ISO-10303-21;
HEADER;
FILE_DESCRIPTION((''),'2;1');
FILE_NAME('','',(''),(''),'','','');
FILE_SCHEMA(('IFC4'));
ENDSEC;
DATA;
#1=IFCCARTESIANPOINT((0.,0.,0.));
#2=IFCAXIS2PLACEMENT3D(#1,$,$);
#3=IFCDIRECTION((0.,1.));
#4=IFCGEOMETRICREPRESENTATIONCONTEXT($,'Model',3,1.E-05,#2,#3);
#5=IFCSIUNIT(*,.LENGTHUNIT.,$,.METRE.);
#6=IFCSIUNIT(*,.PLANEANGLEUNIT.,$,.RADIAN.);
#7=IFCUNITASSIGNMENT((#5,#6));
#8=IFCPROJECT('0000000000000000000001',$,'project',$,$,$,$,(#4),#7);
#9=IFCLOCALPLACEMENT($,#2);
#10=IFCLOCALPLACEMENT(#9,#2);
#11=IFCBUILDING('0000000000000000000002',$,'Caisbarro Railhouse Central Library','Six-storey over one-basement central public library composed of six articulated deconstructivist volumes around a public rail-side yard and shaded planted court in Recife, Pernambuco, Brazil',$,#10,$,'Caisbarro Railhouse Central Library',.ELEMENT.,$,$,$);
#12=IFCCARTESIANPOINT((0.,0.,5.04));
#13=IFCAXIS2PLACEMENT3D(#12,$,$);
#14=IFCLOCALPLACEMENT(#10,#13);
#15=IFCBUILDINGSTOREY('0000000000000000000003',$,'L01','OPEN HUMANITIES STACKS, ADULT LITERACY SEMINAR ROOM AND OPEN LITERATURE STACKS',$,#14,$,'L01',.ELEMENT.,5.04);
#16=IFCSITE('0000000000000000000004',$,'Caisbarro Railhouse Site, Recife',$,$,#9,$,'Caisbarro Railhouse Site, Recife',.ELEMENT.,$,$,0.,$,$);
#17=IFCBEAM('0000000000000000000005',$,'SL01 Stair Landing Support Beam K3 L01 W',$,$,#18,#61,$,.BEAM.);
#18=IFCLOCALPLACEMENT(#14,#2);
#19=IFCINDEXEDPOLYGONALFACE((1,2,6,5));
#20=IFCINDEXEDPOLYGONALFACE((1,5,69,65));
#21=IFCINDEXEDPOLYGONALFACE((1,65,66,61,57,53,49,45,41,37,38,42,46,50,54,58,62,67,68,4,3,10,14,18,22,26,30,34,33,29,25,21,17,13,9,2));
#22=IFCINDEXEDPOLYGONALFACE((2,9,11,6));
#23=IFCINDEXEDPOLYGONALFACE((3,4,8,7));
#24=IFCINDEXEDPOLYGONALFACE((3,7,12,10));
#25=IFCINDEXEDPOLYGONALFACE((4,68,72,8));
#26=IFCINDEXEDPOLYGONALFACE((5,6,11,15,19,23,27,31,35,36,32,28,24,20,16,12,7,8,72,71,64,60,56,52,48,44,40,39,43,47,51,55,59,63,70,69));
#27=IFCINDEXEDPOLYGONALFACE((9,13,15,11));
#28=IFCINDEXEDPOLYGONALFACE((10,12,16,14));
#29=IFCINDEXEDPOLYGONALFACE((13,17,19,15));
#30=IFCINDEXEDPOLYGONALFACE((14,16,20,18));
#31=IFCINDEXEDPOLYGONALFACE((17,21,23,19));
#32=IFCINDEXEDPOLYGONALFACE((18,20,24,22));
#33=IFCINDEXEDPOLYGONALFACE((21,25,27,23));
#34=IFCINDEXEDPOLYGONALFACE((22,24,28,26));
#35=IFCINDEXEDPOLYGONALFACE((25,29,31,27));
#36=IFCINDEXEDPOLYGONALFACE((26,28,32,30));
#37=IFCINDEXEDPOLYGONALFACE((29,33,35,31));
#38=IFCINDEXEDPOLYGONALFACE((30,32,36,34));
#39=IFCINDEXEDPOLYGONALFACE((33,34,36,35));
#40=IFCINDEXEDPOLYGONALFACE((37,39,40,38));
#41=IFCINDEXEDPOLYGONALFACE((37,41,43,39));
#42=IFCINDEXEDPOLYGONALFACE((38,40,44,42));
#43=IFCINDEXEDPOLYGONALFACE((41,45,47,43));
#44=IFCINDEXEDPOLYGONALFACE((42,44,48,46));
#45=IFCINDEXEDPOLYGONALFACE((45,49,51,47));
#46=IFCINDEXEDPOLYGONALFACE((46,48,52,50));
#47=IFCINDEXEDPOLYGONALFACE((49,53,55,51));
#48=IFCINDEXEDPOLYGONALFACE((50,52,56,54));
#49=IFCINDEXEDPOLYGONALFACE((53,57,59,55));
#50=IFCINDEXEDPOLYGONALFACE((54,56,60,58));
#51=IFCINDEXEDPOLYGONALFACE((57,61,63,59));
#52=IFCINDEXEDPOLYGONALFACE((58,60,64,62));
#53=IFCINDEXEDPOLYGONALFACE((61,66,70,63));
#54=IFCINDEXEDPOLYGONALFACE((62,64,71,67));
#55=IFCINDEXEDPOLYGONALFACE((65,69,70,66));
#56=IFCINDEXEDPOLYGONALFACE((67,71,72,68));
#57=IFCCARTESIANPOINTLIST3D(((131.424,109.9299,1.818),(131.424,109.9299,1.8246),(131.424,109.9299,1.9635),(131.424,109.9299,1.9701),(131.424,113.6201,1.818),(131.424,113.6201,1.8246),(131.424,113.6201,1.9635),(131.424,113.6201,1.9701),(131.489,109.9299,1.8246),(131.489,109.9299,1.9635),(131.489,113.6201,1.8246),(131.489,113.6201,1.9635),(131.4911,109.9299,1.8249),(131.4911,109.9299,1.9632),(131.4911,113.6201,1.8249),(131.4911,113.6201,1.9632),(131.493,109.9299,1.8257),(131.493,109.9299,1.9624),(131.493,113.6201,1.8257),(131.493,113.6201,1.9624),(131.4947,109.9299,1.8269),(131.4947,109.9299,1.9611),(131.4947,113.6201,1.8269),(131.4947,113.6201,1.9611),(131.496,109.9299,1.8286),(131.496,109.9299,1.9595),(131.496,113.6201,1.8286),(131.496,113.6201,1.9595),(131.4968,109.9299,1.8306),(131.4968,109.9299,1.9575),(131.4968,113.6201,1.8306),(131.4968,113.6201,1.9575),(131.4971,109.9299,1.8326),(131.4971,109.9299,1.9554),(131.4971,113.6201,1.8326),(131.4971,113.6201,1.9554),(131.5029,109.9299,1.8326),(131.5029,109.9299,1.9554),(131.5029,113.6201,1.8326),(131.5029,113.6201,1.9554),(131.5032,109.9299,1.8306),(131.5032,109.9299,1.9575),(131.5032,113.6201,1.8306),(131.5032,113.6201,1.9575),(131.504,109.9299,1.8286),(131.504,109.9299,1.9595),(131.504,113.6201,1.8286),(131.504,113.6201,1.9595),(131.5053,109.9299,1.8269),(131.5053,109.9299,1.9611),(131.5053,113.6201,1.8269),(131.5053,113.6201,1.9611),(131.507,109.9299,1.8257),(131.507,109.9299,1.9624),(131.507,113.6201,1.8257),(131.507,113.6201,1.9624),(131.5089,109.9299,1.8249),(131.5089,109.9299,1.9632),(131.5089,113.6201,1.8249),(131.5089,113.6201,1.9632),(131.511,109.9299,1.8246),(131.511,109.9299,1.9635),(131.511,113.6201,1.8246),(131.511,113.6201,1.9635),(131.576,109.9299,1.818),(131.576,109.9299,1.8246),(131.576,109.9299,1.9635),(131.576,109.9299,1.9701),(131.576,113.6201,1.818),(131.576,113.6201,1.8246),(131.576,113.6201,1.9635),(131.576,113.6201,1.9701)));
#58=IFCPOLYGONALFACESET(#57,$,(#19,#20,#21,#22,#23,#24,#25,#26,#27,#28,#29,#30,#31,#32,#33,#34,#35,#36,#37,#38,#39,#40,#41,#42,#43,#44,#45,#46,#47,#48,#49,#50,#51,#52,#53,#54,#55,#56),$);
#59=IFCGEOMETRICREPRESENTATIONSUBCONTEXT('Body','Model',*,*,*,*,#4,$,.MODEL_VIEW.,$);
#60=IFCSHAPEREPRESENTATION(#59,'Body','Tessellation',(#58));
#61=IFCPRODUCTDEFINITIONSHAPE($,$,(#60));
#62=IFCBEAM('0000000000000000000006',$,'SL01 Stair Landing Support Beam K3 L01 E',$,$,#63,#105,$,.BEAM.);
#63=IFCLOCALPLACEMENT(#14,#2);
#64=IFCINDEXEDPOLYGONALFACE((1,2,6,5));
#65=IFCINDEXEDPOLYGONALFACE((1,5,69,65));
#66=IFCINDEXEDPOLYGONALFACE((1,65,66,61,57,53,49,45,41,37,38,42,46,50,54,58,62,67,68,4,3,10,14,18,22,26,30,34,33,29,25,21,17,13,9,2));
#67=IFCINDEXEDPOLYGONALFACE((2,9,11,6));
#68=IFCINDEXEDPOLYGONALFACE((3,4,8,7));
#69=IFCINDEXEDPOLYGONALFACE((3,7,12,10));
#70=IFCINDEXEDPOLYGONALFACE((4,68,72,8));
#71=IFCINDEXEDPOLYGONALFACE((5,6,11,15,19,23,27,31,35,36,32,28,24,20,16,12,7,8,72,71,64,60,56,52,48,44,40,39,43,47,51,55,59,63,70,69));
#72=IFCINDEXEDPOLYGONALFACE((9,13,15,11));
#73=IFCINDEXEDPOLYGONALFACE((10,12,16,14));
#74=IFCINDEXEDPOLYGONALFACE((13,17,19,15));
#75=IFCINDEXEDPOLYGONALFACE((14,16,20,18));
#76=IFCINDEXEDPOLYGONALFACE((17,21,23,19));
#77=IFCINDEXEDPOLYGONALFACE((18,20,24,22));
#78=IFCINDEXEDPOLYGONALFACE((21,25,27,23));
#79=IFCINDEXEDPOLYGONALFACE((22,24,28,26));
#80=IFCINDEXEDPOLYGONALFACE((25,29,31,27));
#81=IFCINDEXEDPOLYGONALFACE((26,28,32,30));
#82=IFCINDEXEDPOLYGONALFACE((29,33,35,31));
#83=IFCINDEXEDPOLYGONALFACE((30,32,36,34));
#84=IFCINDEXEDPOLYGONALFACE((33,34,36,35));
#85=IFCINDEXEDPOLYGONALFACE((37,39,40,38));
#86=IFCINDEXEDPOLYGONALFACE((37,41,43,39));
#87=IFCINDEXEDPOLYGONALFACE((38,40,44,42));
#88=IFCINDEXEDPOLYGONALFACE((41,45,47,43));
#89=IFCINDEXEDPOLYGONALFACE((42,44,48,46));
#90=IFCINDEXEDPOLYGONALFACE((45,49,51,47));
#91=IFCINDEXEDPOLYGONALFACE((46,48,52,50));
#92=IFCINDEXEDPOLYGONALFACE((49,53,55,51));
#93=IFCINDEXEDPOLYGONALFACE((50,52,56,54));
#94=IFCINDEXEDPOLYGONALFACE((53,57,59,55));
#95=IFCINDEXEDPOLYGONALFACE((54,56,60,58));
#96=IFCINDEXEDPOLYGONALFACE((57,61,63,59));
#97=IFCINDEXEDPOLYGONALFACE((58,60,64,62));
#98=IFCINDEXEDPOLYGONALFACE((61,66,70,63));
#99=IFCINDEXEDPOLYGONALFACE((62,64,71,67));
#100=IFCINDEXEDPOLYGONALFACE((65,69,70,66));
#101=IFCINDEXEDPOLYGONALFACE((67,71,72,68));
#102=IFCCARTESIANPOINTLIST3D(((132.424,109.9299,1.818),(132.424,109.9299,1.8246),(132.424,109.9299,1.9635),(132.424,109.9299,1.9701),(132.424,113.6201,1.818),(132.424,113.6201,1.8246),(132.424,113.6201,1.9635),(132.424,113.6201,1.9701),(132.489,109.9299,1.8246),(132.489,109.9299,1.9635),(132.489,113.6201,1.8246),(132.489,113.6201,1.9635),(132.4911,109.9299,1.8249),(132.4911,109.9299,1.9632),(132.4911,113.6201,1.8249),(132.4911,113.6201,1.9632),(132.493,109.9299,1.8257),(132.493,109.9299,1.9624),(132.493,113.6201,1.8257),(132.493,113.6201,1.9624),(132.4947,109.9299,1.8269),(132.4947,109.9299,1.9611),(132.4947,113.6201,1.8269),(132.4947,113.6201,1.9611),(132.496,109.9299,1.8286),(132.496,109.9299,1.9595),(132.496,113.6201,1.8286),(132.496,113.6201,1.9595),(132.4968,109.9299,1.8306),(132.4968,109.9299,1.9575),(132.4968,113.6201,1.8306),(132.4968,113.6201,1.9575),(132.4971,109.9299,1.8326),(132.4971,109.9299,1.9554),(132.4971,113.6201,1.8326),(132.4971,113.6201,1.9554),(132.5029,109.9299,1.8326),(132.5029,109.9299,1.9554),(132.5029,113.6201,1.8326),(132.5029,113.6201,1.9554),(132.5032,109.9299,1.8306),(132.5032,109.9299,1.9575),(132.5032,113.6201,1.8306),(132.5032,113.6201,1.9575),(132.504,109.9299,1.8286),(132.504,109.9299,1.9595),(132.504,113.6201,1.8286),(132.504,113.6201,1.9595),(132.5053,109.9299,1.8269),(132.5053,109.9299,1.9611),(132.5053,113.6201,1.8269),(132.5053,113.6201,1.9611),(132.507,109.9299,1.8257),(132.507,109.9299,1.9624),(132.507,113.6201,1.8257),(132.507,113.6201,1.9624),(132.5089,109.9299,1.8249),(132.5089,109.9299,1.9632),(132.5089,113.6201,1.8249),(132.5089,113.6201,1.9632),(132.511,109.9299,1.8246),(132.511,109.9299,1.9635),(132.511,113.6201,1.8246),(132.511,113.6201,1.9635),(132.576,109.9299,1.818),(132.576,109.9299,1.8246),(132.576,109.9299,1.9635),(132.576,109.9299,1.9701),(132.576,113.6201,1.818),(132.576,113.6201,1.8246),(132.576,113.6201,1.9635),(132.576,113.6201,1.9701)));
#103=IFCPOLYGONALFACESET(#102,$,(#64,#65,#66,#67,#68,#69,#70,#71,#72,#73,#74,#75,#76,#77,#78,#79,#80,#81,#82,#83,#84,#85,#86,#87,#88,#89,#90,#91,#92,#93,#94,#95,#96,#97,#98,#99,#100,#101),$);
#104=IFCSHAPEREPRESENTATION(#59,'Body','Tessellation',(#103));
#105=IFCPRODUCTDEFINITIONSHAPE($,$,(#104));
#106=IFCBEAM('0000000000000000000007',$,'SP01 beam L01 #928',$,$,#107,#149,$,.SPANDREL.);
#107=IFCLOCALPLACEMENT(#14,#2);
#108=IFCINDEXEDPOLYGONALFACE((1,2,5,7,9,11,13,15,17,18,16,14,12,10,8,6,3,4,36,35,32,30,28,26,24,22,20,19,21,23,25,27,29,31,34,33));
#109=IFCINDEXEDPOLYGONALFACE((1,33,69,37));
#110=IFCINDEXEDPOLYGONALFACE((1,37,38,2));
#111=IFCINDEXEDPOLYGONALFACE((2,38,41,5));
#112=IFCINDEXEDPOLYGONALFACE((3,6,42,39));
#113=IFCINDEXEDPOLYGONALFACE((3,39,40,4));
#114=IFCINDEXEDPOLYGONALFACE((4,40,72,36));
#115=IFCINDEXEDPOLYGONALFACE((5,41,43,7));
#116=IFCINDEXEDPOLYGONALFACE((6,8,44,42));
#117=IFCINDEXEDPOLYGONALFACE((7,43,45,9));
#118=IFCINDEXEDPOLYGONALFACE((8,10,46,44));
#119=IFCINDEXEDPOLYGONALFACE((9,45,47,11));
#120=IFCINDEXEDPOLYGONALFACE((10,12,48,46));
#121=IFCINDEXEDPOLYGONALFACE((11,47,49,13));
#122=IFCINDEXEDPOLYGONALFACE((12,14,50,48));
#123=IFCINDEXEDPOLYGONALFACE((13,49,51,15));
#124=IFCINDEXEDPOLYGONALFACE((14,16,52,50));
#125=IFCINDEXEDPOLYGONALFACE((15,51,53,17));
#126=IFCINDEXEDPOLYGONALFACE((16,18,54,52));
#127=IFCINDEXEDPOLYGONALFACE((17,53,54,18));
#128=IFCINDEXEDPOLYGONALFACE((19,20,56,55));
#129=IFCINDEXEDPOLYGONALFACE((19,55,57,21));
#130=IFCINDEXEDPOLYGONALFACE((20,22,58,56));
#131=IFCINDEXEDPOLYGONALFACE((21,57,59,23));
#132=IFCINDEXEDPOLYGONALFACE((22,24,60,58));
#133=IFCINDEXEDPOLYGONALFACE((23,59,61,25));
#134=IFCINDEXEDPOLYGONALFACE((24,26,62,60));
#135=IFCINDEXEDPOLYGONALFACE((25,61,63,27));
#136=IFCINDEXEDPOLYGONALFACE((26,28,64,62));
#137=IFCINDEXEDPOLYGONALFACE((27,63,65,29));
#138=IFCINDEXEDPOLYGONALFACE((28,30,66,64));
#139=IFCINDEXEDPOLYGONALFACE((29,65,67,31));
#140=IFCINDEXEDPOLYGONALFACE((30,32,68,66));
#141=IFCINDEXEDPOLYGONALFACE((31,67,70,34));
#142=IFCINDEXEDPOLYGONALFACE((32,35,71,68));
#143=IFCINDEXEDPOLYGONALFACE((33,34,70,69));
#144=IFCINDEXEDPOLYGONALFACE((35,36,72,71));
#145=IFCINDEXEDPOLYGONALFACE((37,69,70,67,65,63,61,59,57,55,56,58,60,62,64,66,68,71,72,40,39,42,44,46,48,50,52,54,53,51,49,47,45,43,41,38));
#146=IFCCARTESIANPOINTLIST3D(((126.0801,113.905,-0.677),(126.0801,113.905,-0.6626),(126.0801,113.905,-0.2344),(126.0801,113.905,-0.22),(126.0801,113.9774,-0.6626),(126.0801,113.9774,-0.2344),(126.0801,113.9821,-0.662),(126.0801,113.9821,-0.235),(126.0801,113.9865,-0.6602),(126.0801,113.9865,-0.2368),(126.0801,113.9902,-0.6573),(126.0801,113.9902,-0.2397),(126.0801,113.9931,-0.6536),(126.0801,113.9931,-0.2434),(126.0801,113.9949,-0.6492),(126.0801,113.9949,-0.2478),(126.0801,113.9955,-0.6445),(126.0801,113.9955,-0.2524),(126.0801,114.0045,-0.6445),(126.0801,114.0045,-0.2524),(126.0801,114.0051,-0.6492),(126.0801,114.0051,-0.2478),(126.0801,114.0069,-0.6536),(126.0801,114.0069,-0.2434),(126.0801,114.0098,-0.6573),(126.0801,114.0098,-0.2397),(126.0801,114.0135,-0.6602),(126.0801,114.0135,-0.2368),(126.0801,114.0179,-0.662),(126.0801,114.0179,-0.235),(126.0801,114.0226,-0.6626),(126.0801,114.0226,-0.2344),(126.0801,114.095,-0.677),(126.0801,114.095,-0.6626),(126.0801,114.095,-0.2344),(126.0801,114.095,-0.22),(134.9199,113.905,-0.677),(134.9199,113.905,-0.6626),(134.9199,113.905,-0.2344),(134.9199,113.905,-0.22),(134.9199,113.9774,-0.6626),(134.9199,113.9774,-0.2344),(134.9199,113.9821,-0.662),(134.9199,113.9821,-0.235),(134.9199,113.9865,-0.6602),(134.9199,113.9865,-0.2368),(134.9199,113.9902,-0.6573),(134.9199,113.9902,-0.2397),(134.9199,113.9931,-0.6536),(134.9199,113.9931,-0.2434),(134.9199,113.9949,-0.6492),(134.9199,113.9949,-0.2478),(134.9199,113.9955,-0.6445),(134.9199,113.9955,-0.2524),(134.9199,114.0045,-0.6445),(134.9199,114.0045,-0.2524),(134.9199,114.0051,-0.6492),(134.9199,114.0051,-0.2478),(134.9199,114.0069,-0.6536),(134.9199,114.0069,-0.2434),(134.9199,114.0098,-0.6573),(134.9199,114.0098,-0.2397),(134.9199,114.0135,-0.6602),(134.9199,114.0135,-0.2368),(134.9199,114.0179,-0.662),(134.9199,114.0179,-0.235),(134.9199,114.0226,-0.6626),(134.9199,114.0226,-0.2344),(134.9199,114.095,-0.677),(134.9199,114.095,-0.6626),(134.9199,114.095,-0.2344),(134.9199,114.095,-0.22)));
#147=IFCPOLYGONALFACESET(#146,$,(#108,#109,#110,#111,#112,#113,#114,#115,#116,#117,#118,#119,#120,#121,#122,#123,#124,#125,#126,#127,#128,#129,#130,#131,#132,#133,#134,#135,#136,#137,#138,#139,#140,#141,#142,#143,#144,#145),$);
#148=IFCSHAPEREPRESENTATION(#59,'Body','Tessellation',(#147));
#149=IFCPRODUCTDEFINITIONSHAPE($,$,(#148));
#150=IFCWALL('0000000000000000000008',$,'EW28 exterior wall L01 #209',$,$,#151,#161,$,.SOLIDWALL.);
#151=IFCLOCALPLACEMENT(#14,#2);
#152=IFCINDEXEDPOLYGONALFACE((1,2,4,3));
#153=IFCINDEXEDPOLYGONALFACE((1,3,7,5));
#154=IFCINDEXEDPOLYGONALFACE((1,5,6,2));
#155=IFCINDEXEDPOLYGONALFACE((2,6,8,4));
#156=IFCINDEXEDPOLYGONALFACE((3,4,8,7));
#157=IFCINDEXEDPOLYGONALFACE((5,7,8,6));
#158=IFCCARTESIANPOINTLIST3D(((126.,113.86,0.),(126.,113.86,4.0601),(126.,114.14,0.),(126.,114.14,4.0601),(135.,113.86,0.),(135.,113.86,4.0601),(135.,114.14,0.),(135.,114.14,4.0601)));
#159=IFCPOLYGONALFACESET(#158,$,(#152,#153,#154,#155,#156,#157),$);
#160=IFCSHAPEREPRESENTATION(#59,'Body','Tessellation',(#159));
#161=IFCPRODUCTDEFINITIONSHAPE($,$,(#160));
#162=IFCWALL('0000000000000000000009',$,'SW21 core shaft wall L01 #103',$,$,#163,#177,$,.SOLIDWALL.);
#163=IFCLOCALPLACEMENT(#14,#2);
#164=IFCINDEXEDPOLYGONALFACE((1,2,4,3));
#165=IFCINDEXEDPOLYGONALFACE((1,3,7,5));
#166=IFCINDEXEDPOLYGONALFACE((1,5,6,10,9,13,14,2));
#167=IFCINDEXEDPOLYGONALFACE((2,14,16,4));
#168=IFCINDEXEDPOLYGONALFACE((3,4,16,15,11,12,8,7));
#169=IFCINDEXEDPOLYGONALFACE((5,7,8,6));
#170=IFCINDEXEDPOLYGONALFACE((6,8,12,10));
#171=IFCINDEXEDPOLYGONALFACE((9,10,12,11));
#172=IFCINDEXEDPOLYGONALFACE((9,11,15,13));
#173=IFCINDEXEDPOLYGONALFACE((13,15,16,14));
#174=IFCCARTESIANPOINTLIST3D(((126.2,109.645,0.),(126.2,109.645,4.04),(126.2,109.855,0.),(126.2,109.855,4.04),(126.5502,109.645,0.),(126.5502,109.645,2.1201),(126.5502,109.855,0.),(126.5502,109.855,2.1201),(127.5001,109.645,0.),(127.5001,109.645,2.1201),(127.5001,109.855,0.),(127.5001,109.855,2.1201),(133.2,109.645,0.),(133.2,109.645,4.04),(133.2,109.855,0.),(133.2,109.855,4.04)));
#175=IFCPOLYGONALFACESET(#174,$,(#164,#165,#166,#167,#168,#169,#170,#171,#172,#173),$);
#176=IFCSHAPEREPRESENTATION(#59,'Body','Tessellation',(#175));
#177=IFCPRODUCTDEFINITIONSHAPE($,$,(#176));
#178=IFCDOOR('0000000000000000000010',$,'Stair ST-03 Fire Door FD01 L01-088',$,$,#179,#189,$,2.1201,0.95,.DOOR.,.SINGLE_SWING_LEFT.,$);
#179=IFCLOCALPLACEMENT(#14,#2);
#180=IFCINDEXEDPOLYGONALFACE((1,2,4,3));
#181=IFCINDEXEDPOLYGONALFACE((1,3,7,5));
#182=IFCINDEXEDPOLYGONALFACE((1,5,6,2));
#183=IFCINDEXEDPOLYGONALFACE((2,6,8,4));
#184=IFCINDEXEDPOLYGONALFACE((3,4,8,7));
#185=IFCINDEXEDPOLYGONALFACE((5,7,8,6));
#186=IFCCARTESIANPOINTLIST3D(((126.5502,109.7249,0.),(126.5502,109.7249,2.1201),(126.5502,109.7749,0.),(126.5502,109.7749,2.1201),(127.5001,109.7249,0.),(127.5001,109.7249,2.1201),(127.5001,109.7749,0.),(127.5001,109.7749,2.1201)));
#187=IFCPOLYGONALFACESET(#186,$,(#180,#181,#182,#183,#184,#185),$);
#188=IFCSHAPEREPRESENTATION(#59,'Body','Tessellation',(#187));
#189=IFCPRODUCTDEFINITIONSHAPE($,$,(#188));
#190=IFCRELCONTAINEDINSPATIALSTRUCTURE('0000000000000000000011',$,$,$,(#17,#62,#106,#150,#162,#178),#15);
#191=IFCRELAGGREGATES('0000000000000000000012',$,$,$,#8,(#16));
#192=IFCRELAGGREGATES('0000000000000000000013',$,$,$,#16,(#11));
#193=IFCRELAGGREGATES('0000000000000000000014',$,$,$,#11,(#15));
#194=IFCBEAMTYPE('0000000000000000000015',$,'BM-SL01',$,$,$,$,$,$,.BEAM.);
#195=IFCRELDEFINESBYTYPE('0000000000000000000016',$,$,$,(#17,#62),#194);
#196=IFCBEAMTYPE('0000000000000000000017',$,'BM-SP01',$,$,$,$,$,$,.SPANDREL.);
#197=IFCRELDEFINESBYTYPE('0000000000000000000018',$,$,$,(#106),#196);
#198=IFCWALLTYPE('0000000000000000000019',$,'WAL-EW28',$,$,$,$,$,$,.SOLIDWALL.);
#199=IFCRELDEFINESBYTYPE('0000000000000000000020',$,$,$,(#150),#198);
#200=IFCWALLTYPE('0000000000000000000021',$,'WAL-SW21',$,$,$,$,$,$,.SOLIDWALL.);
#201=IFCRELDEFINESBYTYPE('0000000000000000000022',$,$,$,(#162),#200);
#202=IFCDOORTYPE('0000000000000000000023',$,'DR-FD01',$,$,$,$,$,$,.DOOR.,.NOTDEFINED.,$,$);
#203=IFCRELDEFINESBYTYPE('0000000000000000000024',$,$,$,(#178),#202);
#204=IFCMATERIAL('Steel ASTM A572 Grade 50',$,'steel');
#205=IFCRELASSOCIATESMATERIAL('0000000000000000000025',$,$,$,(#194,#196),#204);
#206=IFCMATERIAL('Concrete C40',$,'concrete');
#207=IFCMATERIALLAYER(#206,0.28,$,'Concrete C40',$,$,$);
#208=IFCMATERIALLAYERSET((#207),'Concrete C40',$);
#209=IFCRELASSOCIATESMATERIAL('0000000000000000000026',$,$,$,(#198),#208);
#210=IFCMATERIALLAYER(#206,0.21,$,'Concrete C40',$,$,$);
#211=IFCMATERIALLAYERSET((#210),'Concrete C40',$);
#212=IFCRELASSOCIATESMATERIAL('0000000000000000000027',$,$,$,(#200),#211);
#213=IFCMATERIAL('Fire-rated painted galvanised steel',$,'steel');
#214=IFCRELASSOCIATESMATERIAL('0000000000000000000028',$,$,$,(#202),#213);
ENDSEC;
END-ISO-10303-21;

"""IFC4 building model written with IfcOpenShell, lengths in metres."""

from ifc_helpers import new_model, si_unit, direction, frame, frame_2d, origin, origin_2d, place, context, subcontext, project, spatial, rectangle, i_section, extrude, material, layer, layer_set, material_profile, profile_set, type_object, element, fill, save


model = new_model("IFC4")

# Units and contexts
model_context = context("Model", 3, precision=1e-05, world=origin(), true_north=direction((0.0, 1.0)))
body_context = subcontext(model_context, "Body", "Model", "MODEL_VIEW")
ifc_project = project(units=[si_unit("LENGTHUNIT", "METRE"), si_unit("PLANEANGLEUNIT", "RADIAN")], contexts=[model_context])

# Site, building, storey
site_placement = place(None, origin())
site = spatial("IfcSite", under=ifc_project, at=site_placement, Name="Caisbarro Railhouse Site, Recife", LongName="Caisbarro Railhouse Site, Recife", CompositionType="ELEMENT", RefElevation=0.0)
building_placement = place(site_placement, origin())
building = spatial("IfcBuilding", under=site, at=building_placement, Name="Caisbarro Railhouse Central Library", Description="Six-storey over one-basement central public library composed of six articulated deconstructivist volumes around a public rail-side yard and shaded planted court in Recife, Pernambuco, Brazil", LongName="Caisbarro Railhouse Central Library", CompositionType="ELEMENT")
storey_placement = place(building_placement, frame((0.0, 0.0, 5.04)))
storey = spatial("IfcBuildingStorey", under=building, at=storey_placement, Name="L01", Description="OPEN HUMANITIES STACKS, ADULT LITERACY SEMINAR ROOM AND OPEN LITERATURE STACKS", LongName="L01", CompositionType="ELEMENT", Elevation=5.04)

# Shared definitions
ifc_material_1 = material(Name="Steel ASTM A572 Grade 50", Category="steel")

# Beams
ifc_material_profile_1 = material_profile(ifc_material_1, i_section(OverallWidth=0.1521, OverallDepth=0.1521, WebThickness=0.0059, FlangeThickness=0.0066, FilletRadius=0.0081, at=origin_2d()), Name="W150X22.5")
ifc_profile_set_1 = profile_set([ifc_material_profile_1], Name="Steel ASTM A572 Grade 50")
beam_type_1 = type_object("IfcBeamType", Name="BM-SL01", PredefinedType="BEAM", material=ifc_profile_set_1)
for number, where, z_axis, x_axis, name in (
    (1, (131.5, 109.9299, 1.894), (0.0, 1.0, 0.0), (-1.0, 0.0, 0.0), "SL01 Stair Landing Support Beam K3 L01 W"),
    (2, (132.5, 109.9299, 1.894), (0.0, 1.0, 0.0), (-1.0, 0.0, 0.0), "SL01 Stair Landing Support Beam K3 L01 E"),
):
    element("IfcBeam", number, at=place(storey_placement, frame(where, z_axis=z_axis, x_axis=x_axis)), inside=storey, type_object=beam_type_1, Name=name, PredefinedType="BEAM", context=body_context, shape_type="SweptSolid", body=[
        extrude(i_section(OverallWidth=0.1521, OverallDepth=0.1521, WebThickness=0.0059, FlangeThickness=0.0066, FilletRadius=0.0081, at=origin_2d()), origin(), (0.0, 0.0, 1.0), 3.6902),
    ])
ifc_material_profile_2 = material_profile(ifc_material_1, i_section(OverallWidth=0.1899, OverallDepth=0.457, WebThickness=0.009, FlangeThickness=0.0144, FilletRadius=0.0181, at=origin_2d()), Name="W460X74.0")
ifc_profile_set_2 = profile_set([ifc_material_profile_2], Name="Steel ASTM A572 Grade 50")
beam_type_2 = type_object("IfcBeamType", Name="BM-SP01", PredefinedType="SPANDREL", material=ifc_profile_set_2)
beam_1_placement = place(storey_placement, frame((126.0801, 114.0, -0.4485), z_axis=(1.0, 0.0, 0.0), x_axis=(0.0, 1.0, 0.0)))
element("IfcBeam", 3, at=beam_1_placement, inside=storey, type_object=beam_type_2, Name="SP01 beam L01 #928", PredefinedType="SPANDREL", context=body_context, shape_type="SweptSolid", body=[
    extrude(i_section(OverallWidth=0.1899, OverallDepth=0.457, WebThickness=0.009, FlangeThickness=0.0144, FilletRadius=0.0181, at=origin_2d()), origin(), (0.0, 0.0, 1.0), 8.8398),
])

# Wall
ifc_material_2 = material(Name="Concrete C40", Category="concrete")
ifc_layer_1 = layer(ifc_material_2, 0.28, Name="Concrete C40")
ifc_layer_set_1 = layer_set([ifc_layer_1], Name="Concrete C40")
wall_type_1 = type_object("IfcWallType", Name="WAL-EW28", PredefinedType="SOLIDWALL", material=ifc_layer_set_1)
wall_1_placement = place(storey_placement, frame((126.0, 114.0, 0.0), z_axis=(0.0, 0.0, 1.0), x_axis=(1.0, 0.0, 0.0)))
element("IfcWall", 4, at=wall_1_placement, inside=storey, type_object=wall_type_1, Name="EW28 exterior wall L01 #209", PredefinedType="SOLIDWALL", context=body_context, shape_type="SweptSolid", body=[
    extrude(rectangle(XDim=9.0, YDim=0.28, at=frame_2d((4.5, 0.0))), origin(), (0.0, 0.0, 1.0), 4.0601),
])

# Wall, opening, door
ifc_layer_2 = layer(ifc_material_2, 0.21, Name="Concrete C40")
ifc_layer_set_2 = layer_set([ifc_layer_2], Name="Concrete C40")
wall_type_2 = type_object("IfcWallType", Name="WAL-SW21", PredefinedType="SOLIDWALL", material=ifc_layer_set_2)
wall_2_placement = place(storey_placement, frame((126.2, 109.75, 0.0), z_axis=(0.0, 0.0, 1.0), x_axis=(1.0, 0.0, 0.0)))
wall_2 = element("IfcWall", 5, at=wall_2_placement, inside=storey, type_object=wall_type_2, Name="SW21 core shaft wall L01 #103", PredefinedType="SOLIDWALL", context=body_context, shape_type="SweptSolid", body=[
    extrude(rectangle(XDim=7.0, YDim=0.21, at=frame_2d((3.5, 0.0))), origin(), (0.0, 0.0, 1.0), 4.04),
])
opening_placement = place(wall_2_placement, frame((0.3501, 0.0, 0.0)))
opening = element("IfcOpeningElement", 6, at=opening_placement, cuts=wall_2, PredefinedType="OPENING", context=body_context, shape_type="SweptSolid", body=[
    extrude(rectangle(XDim=0.95, YDim=2.1201, at=frame_2d((0.4751, 1.0601))), frame((0.0, 0.115, 0.0), z_axis=(0.0, -1.0, 0.0), x_axis=(1.0, 0.0, 0.0)), (0.0, 0.0, 1.0), 0.23),
])
ifc_material_3 = material(Name="Fire-rated painted galvanised steel", Category="steel")
door_type = type_object("IfcDoorType", Name="DR-FD01", OperationType="NOTDEFINED", PredefinedType="DOOR", material=ifc_material_3)
door_placement = place(opening_placement, origin())
door = element("IfcDoor", 7, at=door_placement, inside=storey, type_object=door_type, Name="Stair ST-03 Fire Door FD01 L01-088", OperationType="SINGLE_SWING_LEFT", OverallHeight=2.1201, OverallWidth=0.95, PredefinedType="DOOR", context=body_context, shape_type="SweptSolid", body=[
    extrude(rectangle(XDim=0.95, YDim=2.1201, at=frame_2d((0.4751, 1.0601))), frame((0.0, 0.0249, 0.0), z_axis=(0.0, -1.0, 0.0), x_axis=(1.0, 0.0, 0.0)), (0.0, 0.0, 1.0), 0.05),
])
fill(opening, door)

save(model, "model.ifc")
